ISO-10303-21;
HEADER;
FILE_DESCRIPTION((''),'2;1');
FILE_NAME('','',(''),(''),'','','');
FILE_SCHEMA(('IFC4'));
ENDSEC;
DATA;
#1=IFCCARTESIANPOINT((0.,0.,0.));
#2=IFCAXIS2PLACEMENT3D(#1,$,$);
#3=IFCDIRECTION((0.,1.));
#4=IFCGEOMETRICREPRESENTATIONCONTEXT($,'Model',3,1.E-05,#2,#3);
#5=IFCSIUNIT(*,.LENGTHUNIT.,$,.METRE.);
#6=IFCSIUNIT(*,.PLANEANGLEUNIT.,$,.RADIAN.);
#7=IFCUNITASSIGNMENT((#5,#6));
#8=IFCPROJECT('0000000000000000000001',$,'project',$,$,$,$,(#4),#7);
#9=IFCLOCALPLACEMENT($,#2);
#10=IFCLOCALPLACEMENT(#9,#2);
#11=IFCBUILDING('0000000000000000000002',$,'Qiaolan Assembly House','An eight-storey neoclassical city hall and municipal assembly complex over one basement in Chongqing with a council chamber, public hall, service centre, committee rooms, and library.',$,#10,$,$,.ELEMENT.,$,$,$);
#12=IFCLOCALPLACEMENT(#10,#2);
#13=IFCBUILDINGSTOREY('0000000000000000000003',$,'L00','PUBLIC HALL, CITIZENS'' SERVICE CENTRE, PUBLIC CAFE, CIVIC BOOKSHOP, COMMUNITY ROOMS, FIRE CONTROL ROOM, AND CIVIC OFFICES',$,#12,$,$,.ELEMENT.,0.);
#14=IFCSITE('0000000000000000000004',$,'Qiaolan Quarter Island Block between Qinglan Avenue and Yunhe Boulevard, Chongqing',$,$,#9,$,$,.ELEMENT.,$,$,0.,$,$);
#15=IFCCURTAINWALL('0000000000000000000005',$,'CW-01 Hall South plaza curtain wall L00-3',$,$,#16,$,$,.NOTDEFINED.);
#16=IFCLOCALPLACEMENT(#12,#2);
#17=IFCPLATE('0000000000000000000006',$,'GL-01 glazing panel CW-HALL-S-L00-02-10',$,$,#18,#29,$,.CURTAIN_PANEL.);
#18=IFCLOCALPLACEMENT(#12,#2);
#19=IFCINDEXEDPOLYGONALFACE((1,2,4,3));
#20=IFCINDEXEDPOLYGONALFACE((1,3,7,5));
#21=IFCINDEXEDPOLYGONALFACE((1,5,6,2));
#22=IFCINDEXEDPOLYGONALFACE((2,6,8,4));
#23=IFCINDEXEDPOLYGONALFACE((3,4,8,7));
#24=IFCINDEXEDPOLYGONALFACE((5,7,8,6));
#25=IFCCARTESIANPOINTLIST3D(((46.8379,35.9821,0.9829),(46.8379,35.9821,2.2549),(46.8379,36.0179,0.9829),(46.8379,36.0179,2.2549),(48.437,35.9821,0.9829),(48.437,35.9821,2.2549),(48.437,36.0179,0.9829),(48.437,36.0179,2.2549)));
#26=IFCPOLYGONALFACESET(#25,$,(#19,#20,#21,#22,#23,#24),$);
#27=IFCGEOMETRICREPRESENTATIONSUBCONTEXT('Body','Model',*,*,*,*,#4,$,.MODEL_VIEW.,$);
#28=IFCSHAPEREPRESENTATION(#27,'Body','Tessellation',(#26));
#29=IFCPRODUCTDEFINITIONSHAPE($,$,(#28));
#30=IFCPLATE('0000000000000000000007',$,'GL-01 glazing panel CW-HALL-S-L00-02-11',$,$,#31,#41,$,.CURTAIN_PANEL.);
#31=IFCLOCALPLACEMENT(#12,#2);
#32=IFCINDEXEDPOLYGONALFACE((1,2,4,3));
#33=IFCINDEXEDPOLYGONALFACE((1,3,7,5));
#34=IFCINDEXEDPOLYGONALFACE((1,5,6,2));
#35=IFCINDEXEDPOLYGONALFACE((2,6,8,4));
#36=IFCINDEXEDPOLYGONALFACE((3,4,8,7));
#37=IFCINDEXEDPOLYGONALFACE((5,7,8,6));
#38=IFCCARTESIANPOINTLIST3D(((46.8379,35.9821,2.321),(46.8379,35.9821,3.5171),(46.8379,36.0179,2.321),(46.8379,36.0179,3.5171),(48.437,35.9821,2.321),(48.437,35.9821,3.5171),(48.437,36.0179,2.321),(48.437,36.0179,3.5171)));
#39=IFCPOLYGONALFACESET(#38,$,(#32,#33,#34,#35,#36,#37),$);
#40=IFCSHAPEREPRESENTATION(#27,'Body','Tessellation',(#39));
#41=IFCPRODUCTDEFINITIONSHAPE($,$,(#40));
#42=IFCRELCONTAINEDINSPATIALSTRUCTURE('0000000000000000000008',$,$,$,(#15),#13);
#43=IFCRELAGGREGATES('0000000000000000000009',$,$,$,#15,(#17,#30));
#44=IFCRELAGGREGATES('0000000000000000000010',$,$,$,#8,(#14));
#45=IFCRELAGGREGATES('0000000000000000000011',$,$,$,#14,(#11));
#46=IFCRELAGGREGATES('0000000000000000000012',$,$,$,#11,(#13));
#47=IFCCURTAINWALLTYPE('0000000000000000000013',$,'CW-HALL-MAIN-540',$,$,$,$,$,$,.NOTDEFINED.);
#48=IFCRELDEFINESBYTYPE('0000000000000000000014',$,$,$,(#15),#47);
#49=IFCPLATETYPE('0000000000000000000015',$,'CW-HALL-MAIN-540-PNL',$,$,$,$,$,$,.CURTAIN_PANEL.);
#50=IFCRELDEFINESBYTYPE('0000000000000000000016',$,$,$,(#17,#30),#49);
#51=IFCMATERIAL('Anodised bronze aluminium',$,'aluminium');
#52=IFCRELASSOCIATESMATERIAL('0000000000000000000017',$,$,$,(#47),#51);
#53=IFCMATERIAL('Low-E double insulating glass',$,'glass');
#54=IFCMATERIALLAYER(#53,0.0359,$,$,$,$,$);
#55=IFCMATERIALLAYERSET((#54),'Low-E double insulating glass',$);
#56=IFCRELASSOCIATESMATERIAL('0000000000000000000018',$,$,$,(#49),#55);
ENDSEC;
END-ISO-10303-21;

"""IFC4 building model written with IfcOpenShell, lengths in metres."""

from ifc_helpers import new_model, si_unit, direction, frame, frame_2d, origin, place, context, subcontext, project, spatial, rectangle, extrude, material, layer, layer_set, type_object, element, aggregate, save


model = new_model("IFC4")

# Units and contexts
model_context = context("Model", 3, precision=1e-05, world=origin(), true_north=direction((0.0, 1.0)))
body_context = subcontext(model_context, "Body", "Model", "MODEL_VIEW")
ifc_project = project(units=[si_unit("LENGTHUNIT", "METRE"), si_unit("PLANEANGLEUNIT", "RADIAN")], contexts=[model_context])

# Site, building, storey
site_placement = place(None, origin())
site = spatial("IfcSite", under=ifc_project, at=site_placement, Name="Qiaolan Quarter Island Block between Qinglan Avenue and Yunhe Boulevard, Chongqing", CompositionType="ELEMENT", RefElevation=0.0)
building_placement = place(site_placement, origin())
building = spatial("IfcBuilding", under=site, at=building_placement, Name="Qiaolan Assembly House", Description="An eight-storey neoclassical city hall and municipal assembly complex over one basement in Chongqing with a council chamber, public hall, service centre, committee rooms, and library.", CompositionType="ELEMENT")
storey_placement = place(building_placement, origin())
storey = spatial("IfcBuildingStorey", under=building, at=storey_placement, Name="L00", Description="PUBLIC HALL, CITIZENS' SERVICE CENTRE, PUBLIC CAFE, CIVIC BOOKSHOP, COMMUNITY ROOMS, FIRE CONTROL ROOM, AND CIVIC OFFICES", CompositionType="ELEMENT", Elevation=0.0)

# Curtain wall, plates
ifc_material_1 = material(Name="Anodised bronze aluminium", Category="aluminium")
curtain_wall_type = type_object("IfcCurtainWallType", Name="CW-HALL-MAIN-540", PredefinedType="NOTDEFINED", material=ifc_material_1)
curtain_wall_placement = place(storey_placement, origin())
curtain_wall = element("IfcCurtainWall", 1, at=curtain_wall_placement, inside=storey, type_object=curtain_wall_type, Name="CW-01 Hall South plaza curtain wall L00-3", PredefinedType="NOTDEFINED")
ifc_material_2 = material(Name="Low-E double insulating glass", Category="glass")
ifc_layer = layer(ifc_material_2, 0.0359)
ifc_layer_set = layer_set([ifc_layer], Name="Low-E double insulating glass")
plate_type = type_object("IfcPlateType", Name="CW-HALL-MAIN-540-PNL", PredefinedType="CURTAIN_PANEL", material=ifc_layer_set)
plate_1_placement = place(storey_placement, frame((46.8379, 36.0, 0.9829), z_axis=(0.0, 0.0, 1.0), x_axis=(1.0, 0.0, 0.0)))
plate_1 = element("IfcPlate", 2, at=plate_1_placement, type_object=plate_type, Name="GL-01 glazing panel CW-HALL-S-L00-02-10", PredefinedType="CURTAIN_PANEL", context=body_context, shape_type="SweptSolid", body=[
    extrude(rectangle(XDim=1.5991, YDim=0.0359, at=frame_2d((0.7996, 0.0))), origin(), (0.0, 0.0, 1.0), 1.272),
])
plate_2_placement = place(storey_placement, frame((46.8379, 36.0, 2.321), z_axis=(0.0, 0.0, 1.0), x_axis=(1.0, 0.0, 0.0)))
plate_2 = element("IfcPlate", 3, at=plate_2_placement, type_object=plate_type, Name="GL-01 glazing panel CW-HALL-S-L00-02-11", PredefinedType="CURTAIN_PANEL", context=body_context, shape_type="SweptSolid", body=[
    extrude(rectangle(XDim=1.5991, YDim=0.0359, at=frame_2d((0.7996, 0.0))), origin(), (0.0, 0.0, 1.0), 1.196),
])
aggregate(curtain_wall, [plate_1, plate_2])

save(model, "model.ifc")
